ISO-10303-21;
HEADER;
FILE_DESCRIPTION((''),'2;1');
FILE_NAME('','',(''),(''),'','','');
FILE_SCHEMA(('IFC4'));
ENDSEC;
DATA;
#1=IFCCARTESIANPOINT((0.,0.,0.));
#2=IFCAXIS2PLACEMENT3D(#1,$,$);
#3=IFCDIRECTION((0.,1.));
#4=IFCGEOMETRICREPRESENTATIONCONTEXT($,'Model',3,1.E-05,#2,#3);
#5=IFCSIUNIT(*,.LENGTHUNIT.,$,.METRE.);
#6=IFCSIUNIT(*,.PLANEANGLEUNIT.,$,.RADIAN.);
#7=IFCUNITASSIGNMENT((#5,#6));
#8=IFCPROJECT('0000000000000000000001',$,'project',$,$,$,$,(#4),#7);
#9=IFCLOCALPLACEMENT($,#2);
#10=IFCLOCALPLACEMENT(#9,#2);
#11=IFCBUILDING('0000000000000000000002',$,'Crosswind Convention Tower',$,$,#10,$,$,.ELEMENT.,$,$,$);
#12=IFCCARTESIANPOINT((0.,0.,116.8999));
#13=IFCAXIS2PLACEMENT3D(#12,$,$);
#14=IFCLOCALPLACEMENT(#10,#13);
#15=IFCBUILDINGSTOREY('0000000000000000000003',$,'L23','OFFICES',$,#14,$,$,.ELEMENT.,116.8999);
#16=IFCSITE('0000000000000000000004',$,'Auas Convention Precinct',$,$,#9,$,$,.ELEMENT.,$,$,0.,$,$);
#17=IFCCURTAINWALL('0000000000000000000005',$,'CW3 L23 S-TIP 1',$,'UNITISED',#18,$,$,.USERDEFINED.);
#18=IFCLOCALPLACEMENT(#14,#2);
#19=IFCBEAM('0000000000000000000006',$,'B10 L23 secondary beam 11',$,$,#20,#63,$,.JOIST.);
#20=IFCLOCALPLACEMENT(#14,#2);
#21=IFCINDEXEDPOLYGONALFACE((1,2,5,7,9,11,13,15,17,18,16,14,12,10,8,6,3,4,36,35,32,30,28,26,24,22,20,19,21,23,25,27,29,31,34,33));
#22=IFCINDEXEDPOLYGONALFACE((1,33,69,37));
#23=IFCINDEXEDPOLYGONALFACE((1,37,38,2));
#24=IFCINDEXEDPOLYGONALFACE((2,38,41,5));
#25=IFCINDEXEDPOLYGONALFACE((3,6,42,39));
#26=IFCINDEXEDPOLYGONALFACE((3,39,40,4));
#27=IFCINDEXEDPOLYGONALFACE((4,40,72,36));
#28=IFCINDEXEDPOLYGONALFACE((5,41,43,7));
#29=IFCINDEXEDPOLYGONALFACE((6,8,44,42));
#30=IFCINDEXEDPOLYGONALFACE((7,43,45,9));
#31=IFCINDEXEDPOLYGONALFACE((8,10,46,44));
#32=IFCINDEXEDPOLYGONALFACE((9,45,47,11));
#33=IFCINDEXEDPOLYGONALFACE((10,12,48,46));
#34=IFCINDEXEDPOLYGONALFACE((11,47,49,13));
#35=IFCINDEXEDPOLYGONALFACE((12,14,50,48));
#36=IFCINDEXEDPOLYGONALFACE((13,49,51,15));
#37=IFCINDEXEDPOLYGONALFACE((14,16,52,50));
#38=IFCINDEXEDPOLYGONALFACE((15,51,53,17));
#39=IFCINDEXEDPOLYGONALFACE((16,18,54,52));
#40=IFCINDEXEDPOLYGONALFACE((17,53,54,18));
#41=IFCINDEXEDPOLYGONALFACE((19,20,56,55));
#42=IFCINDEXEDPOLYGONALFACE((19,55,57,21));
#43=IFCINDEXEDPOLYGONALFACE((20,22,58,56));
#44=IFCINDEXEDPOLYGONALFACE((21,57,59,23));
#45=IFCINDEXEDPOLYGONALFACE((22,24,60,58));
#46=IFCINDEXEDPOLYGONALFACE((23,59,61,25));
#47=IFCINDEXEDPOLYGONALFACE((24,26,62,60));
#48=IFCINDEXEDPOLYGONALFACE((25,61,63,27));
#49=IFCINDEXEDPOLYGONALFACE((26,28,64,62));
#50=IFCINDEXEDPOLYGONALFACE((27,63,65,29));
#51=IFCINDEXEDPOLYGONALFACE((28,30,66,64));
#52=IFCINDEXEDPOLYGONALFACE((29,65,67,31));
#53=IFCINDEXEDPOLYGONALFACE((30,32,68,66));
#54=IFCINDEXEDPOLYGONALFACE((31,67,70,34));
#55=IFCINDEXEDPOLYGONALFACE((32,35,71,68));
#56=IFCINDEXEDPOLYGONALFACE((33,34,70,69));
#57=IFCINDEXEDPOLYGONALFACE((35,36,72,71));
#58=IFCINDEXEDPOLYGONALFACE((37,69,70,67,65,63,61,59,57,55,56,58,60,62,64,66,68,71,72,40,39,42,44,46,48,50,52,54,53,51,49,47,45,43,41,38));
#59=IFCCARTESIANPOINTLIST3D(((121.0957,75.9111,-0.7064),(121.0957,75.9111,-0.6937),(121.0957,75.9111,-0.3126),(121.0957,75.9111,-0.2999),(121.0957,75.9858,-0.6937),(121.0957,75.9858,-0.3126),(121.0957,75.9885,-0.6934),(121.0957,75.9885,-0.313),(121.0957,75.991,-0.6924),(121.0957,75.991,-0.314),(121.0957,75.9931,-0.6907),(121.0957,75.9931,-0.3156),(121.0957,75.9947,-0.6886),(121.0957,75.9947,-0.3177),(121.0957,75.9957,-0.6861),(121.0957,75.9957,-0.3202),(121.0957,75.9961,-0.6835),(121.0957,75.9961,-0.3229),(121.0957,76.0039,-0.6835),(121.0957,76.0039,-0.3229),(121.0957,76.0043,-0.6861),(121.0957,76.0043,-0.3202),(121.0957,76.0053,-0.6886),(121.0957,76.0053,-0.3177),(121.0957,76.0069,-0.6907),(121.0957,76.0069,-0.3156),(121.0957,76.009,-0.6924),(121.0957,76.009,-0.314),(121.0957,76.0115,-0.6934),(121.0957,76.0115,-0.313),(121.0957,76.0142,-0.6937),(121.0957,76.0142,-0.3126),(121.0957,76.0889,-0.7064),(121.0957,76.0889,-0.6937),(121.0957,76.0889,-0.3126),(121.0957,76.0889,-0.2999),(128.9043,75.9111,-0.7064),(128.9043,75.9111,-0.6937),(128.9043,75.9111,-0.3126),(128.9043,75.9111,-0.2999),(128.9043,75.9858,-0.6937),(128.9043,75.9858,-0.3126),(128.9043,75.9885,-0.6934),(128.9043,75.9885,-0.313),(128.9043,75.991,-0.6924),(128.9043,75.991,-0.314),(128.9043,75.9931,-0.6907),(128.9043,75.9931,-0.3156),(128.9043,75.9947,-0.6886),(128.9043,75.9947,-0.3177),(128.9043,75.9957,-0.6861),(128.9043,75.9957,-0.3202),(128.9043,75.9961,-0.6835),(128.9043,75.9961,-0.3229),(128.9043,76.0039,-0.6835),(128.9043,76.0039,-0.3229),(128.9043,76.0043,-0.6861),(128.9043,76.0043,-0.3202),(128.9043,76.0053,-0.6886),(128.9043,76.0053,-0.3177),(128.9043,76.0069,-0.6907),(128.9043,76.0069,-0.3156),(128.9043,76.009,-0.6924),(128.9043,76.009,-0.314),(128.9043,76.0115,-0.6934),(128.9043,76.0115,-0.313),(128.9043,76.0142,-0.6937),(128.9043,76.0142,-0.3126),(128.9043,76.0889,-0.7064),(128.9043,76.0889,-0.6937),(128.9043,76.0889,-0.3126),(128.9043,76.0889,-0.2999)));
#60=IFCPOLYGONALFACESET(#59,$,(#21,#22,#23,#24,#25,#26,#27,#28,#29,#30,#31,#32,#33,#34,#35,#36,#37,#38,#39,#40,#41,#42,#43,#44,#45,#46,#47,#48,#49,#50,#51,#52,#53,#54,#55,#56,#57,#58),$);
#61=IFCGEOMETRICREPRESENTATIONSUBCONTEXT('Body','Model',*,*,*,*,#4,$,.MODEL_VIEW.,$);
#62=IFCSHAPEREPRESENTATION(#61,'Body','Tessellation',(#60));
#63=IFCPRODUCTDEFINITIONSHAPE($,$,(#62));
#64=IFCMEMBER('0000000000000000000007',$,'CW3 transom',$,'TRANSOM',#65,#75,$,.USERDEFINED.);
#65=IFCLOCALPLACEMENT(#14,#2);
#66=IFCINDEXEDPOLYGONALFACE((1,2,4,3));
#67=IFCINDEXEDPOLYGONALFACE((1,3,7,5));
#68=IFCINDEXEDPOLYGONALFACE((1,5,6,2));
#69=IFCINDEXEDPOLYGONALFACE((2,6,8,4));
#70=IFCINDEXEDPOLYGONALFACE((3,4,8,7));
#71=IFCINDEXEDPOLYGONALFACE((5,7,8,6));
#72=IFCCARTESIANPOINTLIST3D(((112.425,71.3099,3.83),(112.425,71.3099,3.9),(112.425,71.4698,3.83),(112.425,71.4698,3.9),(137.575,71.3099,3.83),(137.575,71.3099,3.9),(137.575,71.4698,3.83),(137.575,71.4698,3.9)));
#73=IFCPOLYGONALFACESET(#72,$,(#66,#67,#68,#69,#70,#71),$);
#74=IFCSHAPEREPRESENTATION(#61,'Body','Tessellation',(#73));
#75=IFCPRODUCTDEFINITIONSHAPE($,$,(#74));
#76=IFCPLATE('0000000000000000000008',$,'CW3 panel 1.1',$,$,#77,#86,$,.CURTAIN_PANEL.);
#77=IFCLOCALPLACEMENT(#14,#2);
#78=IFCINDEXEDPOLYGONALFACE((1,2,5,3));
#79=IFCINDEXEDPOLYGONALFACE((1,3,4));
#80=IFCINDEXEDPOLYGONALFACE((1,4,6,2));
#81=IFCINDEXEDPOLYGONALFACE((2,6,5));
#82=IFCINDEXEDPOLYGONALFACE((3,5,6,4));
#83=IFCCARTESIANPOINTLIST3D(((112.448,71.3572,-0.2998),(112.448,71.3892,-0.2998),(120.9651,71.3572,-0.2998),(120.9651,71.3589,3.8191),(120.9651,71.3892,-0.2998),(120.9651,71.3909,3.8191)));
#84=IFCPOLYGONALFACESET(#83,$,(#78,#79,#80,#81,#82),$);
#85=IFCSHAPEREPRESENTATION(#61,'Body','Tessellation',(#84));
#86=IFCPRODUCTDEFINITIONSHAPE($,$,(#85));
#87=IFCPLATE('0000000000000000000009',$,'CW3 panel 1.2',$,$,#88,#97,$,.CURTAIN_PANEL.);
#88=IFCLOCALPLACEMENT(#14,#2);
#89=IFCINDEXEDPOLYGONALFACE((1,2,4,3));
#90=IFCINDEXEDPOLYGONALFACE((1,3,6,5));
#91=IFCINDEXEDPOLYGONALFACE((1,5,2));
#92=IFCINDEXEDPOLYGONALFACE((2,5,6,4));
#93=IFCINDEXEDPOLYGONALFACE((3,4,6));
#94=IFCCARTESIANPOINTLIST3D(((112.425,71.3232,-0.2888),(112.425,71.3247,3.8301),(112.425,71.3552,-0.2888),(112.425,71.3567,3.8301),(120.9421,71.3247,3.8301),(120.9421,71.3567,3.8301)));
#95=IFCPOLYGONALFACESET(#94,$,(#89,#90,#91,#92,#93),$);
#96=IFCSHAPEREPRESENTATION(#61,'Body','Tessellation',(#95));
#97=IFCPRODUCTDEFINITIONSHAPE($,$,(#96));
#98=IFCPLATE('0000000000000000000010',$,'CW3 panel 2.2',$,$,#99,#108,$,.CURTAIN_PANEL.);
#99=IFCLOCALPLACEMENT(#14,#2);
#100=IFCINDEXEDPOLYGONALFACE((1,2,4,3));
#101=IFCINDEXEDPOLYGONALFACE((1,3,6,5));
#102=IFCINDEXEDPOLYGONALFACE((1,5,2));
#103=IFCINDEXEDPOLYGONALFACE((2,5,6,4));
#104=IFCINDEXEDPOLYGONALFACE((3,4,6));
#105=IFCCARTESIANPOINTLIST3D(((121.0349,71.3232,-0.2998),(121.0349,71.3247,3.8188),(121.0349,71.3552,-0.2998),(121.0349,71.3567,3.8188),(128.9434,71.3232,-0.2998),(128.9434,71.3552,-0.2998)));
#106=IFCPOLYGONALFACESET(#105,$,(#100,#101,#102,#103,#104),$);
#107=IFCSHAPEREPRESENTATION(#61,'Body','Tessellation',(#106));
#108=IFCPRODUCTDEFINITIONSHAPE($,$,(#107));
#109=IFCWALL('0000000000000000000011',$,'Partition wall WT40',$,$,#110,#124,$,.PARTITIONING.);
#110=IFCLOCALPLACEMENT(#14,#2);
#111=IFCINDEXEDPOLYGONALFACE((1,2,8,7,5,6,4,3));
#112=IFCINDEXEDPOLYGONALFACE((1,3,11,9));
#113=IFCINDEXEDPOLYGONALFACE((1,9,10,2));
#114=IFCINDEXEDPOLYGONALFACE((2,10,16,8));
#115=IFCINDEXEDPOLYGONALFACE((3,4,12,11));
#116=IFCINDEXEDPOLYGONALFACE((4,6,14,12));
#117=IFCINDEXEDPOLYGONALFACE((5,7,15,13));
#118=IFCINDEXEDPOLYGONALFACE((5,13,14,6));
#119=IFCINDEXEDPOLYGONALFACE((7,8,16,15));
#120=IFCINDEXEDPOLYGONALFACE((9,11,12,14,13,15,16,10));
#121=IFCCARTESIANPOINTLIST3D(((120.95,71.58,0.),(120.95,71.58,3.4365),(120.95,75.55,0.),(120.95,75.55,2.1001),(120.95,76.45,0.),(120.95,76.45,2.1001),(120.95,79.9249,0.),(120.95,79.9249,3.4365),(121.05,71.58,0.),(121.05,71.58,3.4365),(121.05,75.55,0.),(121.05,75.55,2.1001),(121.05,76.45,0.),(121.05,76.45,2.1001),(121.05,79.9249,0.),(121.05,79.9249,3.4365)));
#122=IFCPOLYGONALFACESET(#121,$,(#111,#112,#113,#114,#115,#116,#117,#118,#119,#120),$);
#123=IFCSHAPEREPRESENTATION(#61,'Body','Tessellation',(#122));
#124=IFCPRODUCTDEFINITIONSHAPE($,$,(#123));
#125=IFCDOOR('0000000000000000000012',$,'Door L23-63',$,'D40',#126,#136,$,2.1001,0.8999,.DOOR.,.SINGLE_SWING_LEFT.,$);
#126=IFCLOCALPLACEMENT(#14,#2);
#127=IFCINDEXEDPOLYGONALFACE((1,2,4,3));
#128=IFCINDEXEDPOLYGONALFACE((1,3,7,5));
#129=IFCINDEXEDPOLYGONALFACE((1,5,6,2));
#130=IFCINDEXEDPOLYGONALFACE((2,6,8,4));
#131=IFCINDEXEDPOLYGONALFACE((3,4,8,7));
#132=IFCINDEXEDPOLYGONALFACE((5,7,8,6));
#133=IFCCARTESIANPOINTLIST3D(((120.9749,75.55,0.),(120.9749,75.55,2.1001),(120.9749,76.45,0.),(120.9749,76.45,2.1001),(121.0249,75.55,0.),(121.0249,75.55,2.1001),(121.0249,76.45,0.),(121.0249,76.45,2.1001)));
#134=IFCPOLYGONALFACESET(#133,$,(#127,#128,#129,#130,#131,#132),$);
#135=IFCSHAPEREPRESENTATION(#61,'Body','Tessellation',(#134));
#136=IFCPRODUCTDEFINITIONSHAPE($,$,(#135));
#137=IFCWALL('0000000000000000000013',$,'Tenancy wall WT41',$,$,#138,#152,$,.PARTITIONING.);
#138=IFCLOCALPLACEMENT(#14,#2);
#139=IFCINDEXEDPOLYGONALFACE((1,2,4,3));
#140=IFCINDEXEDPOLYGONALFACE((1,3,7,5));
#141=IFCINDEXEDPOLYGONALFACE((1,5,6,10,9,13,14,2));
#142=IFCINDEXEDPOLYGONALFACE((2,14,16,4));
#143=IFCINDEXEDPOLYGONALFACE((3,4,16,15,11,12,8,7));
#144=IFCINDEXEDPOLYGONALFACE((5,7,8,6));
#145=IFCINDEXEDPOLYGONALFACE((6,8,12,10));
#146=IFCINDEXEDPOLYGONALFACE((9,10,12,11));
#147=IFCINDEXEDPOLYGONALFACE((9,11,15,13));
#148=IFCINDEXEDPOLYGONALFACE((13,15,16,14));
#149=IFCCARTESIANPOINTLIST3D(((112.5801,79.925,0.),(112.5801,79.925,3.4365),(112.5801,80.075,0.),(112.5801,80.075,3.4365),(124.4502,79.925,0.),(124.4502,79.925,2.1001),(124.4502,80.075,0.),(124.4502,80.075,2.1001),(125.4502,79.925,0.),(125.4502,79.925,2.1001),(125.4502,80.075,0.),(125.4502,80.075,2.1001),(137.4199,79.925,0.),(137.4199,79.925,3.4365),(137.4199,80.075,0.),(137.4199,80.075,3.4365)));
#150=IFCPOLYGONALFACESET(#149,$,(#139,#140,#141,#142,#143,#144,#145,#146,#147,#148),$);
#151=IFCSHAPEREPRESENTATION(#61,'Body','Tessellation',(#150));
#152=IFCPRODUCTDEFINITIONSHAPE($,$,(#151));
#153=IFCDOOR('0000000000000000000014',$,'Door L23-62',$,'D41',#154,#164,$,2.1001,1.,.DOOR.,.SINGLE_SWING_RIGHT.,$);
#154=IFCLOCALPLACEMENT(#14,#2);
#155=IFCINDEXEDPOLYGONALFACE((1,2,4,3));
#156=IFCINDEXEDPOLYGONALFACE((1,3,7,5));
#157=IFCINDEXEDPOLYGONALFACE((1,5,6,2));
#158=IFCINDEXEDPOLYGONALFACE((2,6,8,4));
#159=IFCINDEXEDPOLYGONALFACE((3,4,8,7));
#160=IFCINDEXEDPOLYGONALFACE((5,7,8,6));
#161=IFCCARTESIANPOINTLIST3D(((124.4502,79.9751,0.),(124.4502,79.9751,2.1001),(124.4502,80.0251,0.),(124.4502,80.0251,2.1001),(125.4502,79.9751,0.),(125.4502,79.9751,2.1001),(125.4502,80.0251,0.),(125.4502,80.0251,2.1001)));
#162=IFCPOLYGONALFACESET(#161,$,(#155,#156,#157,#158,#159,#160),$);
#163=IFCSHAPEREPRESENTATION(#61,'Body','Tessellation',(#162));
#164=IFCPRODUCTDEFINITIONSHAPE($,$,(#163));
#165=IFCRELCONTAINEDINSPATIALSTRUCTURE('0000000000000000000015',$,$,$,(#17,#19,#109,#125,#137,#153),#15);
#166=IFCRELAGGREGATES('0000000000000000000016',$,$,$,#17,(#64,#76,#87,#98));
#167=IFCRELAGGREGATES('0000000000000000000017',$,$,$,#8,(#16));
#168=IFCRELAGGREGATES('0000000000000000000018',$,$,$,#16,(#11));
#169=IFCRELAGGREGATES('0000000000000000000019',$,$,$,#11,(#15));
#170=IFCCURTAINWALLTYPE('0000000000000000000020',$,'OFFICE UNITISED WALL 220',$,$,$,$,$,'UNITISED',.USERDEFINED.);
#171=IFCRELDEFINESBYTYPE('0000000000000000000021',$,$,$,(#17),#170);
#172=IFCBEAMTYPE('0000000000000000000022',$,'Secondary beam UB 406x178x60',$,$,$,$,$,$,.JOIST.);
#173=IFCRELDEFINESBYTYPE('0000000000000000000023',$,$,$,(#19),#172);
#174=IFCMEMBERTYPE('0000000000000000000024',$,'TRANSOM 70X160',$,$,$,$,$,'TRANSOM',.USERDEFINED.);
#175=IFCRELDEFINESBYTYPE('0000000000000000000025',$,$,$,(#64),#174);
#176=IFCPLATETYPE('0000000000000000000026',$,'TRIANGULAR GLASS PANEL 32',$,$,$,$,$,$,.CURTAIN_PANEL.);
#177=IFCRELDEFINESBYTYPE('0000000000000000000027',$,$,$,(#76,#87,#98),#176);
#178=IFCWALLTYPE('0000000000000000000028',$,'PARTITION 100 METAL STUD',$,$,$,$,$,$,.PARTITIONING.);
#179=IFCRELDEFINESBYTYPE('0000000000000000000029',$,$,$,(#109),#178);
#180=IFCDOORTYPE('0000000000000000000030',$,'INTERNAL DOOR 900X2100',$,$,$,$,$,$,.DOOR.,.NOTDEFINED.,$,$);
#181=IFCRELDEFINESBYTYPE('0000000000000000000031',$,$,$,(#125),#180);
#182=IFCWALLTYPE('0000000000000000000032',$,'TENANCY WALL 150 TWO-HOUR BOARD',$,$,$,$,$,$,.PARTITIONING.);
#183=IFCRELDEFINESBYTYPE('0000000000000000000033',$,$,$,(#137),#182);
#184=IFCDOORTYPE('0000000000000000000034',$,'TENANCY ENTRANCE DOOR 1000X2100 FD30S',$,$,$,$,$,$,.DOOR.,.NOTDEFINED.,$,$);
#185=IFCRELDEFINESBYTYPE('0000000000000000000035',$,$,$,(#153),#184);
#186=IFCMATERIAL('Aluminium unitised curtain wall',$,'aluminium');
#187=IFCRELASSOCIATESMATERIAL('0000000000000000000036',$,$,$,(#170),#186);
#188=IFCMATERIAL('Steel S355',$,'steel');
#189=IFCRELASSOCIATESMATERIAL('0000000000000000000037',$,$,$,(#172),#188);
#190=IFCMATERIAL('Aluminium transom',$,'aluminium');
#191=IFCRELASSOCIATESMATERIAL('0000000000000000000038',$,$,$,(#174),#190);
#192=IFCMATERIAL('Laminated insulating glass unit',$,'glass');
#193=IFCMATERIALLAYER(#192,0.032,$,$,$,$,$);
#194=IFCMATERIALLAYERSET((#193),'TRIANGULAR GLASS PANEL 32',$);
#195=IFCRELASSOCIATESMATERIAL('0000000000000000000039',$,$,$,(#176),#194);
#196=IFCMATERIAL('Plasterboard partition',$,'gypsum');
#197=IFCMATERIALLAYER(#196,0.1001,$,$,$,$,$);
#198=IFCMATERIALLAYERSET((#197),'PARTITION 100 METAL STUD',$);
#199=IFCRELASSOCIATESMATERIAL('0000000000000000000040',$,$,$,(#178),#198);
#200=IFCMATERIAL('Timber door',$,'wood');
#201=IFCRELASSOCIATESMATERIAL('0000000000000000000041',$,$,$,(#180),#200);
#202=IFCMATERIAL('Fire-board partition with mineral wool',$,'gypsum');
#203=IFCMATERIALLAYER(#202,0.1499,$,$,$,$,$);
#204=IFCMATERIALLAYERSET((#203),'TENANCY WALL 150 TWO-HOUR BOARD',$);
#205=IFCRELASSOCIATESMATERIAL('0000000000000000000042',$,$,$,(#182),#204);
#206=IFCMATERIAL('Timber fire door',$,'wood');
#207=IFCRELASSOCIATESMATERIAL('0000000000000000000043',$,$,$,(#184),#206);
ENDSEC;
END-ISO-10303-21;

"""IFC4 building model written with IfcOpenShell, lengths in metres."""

from ifc_helpers import new_model, si_unit, direction, frame, frame_2d, origin, origin_2d, place, context, subcontext, project, spatial, polyline, rectangle, i_section, outline, extrude, material, layer, layer_set, material_profile, profile_set, type_object, element, fill, aggregate, save


model = new_model("IFC4")

# Units and contexts
model_context = context("Model", 3, precision=1e-05, world=origin(), true_north=direction((0.0, 1.0)))
body_context = subcontext(model_context, "Body", "Model", "MODEL_VIEW")
ifc_project = project(units=[si_unit("LENGTHUNIT", "METRE"), si_unit("PLANEANGLEUNIT", "RADIAN")], contexts=[model_context])

# Site, building, storey
site_placement = place(None, origin())
site = spatial("IfcSite", under=ifc_project, at=site_placement, Name="Auas Convention Precinct", CompositionType="ELEMENT", RefElevation=0.0)
building_placement = place(site_placement, origin())
building = spatial("IfcBuilding", under=site, at=building_placement, Name="Crosswind Convention Tower", CompositionType="ELEMENT")
storey_placement = place(building_placement, frame((0.0, 0.0, 116.8999)))
storey = spatial("IfcBuildingStorey", under=building, at=storey_placement, Name="L23", Description="OFFICES", CompositionType="ELEMENT", Elevation=116.8999)

# Shared definitions
ifc_material_1 = material(Name="Steel S355", Category="steel")

# Curtain wall
ifc_material_2 = material(Name="Aluminium unitised curtain wall", Category="aluminium")
curtain_wall_type_1 = type_object("IfcCurtainWallType", Name="OFFICE UNITISED WALL 220", ElementType="UNITISED", PredefinedType="USERDEFINED", material=ifc_material_2)
curtain_wall_1_placement = place(storey_placement, origin())
curtain_wall_1 = element("IfcCurtainWall", 1, at=curtain_wall_1_placement, inside=storey, type_object=curtain_wall_type_1, Name="CW3 L23 S-TIP 1", ObjectType="UNITISED", PredefinedType="USERDEFINED")

# Beam
ifc_material_profile_1 = material_profile(ifc_material_1, i_section(OverallWidth=0.1777, OverallDepth=0.4065, WebThickness=0.0078, FlangeThickness=0.0127, FilletRadius=0.0103, at=origin_2d()), Name="UB 406x178x60")
ifc_profile_set_1 = profile_set([ifc_material_profile_1], Name="Steel S355")
beam_type_1 = type_object("IfcBeamType", Name="Secondary beam UB 406x178x60", PredefinedType="JOIST", material=ifc_profile_set_1)
beam_1_placement = place(storey_placement, frame((121.0957, 76.0, -0.5032), z_axis=(1.0, 0.0, 0.0), x_axis=(0.0, 1.0, 0.0)))
element("IfcBeam", 2, at=beam_1_placement, inside=storey, type_object=beam_type_1, Name="B10 L23 secondary beam 11", PredefinedType="JOIST", context=body_context, shape_type="SweptSolid", body=[
    extrude(i_section(OverallWidth=0.1777, OverallDepth=0.4065, WebThickness=0.0078, FlangeThickness=0.0127, FilletRadius=0.0103, at=origin_2d()), origin(), (0.0, 0.0, 1.0), 7.8086),
])

# Member
ifc_material_3 = material(Name="Aluminium transom", Category="aluminium")
ifc_material_profile_2 = material_profile(ifc_material_3, rectangle(XDim=0.1599, YDim=0.0701, at=origin_2d()), Name="AL 160X70")
ifc_profile_set_2 = profile_set([ifc_material_profile_2], Name="Aluminium transom")
member_type_1 = type_object("IfcMemberType", Name="TRANSOM 70X160", ElementType="TRANSOM", PredefinedType="USERDEFINED", material=ifc_profile_set_2)
member_1_placement = place(storey_placement, frame((112.425, 71.3899, 3.865), z_axis=(1.0, 0.0, 0.0), x_axis=(0.0, 1.0, 0.0)))
member_1 = element("IfcMember", 3, at=member_1_placement, type_object=member_type_1, Name="CW3 transom", ObjectType="TRANSOM", PredefinedType="USERDEFINED", context=body_context, shape_type="SweptSolid", body=[
    extrude(rectangle(XDim=0.1599, YDim=0.0701, at=origin_2d()), origin(), (0.0, 0.0, 1.0), 25.1499),
])

# Plates
ifc_material_4 = material(Name="Laminated insulating glass unit", Category="glass")
ifc_layer_1 = layer(ifc_material_4, 0.032)
ifc_layer_set_1 = layer_set([ifc_layer_1], Name="TRIANGULAR GLASS PANEL 32")
plate_type = type_object("IfcPlateType", Name="TRIANGULAR GLASS PANEL 32", PredefinedType="CURTAIN_PANEL", material=ifc_layer_set_1)
plate_1_placement = place(storey_placement, frame((120.9651, 71.3572, -0.2998), z_axis=(0.0, -1.0, 0.000415), x_axis=(0.0, 0.000415, 1.0)))
plate_1 = element("IfcPlate", 4, at=plate_1_placement, type_object=plate_type, Name="CW3 panel 1.1", PredefinedType="CURTAIN_PANEL", context=body_context, shape_type="SweptSolid", body=[
    extrude(outline(polyline([(0.0, 0.0), (4.1189, 0.0), (0.0, 8.5171), (0.0, 0.0)])), origin(), (0.0, 0.0, -1.0), 0.032),
])
plate_2_placement = place(storey_placement, frame((112.425, 71.3247, 3.8301), z_axis=(0.0, -1.0, 0.000356), x_axis=(0.0, -0.000356, -1.0)))
plate_2 = element("IfcPlate", 5, at=plate_2_placement, type_object=plate_type, Name="CW3 panel 1.2", PredefinedType="CURTAIN_PANEL", context=body_context, shape_type="SweptSolid", body=[
    extrude(outline(polyline([(0.0, 0.0), (4.1189, 0.0), (0.0, 8.5171), (0.0, 0.0)])), origin(), (0.0, 0.0, -1.0), 0.032),
])
plate_3_placement = place(storey_placement, frame((121.0349, 71.3232, -0.2998), z_axis=(0.0, -1.0, 0.000356), x_axis=(1.0, 0.0, 0.0)))
plate_3 = element("IfcPlate", 6, at=plate_3_placement, type_object=plate_type, Name="CW3 panel 2.2", PredefinedType="CURTAIN_PANEL", context=body_context, shape_type="SweptSolid", body=[
    extrude(outline(polyline([(0.0, 0.0), (7.9084, 0.0), (0.0, 4.1187), (0.0, 0.0)])), origin(), (0.0, 0.0, -1.0), 0.032),
])

# Walls, openings, doors
ifc_material_5 = material(Name="Plasterboard partition", Category="gypsum")
ifc_layer_2 = layer(ifc_material_5, 0.1001)
ifc_layer_set_2 = layer_set([ifc_layer_2], Name="PARTITION 100 METAL STUD")
wall_type_1 = type_object("IfcWallType", Name="PARTITION 100 METAL STUD", PredefinedType="PARTITIONING", material=ifc_layer_set_2)
wall_1_placement = place(storey_placement, frame((121.0, 71.5801, 0.0), z_axis=(0.0, 0.0, 1.0), x_axis=(0.0, 1.0, 0.0)))
wall_1 = element("IfcWall", 7, at=wall_1_placement, inside=storey, type_object=wall_type_1, Name="Partition wall WT40", PredefinedType="PARTITIONING", context=body_context, shape_type="SweptSolid", body=[
    extrude(rectangle(XDim=8.345, YDim=0.1001, at=frame_2d((4.1724, 0.0))), origin(), (0.0, 0.0, 1.0), 3.4365),
])
opening_1_placement = place(wall_1_placement, frame((3.97, 0.0, 0.0)))
opening_1 = element("IfcOpeningElement", 8, at=opening_1_placement, cuts=wall_1, PredefinedType="OPENING", context=body_context, shape_type="SweptSolid", body=[
    extrude(rectangle(XDim=0.8999, YDim=2.1001, at=frame_2d((0.45, 1.05))), frame((0.0, 0.0601, 0.0), z_axis=(0.0, -1.0, 0.0), x_axis=(1.0, 0.0, 0.0)), (0.0, 0.0, 1.0), 0.1201),
])
ifc_material_6 = material(Name="Timber door", Category="wood")
door_type_1 = type_object("IfcDoorType", Name="INTERNAL DOOR 900X2100", OperationType="NOTDEFINED", PredefinedType="DOOR", material=ifc_material_6)
door_1_placement = place(opening_1_placement, frame((0.8999, 0.0, 0.0), z_axis=(0.0, 0.0, 1.0), x_axis=(-1.0, 0.0, 0.0)))
door_1 = element("IfcDoor", 9, at=door_1_placement, inside=storey, type_object=door_type_1, Name="Door L23-63", ObjectType="D40", OperationType="SINGLE_SWING_LEFT", OverallHeight=2.1001, OverallWidth=0.8999, PredefinedType="DOOR", context=body_context, shape_type="SweptSolid", body=[
    extrude(rectangle(XDim=0.8999, YDim=2.1001, at=frame_2d((0.45, 1.05))), frame((0.0, 0.0249, 0.0), z_axis=(0.0, -1.0, 0.0), x_axis=(1.0, 0.0, 0.0)), (0.0, 0.0, 1.0), 0.05),
])
fill(opening_1, door_1)
ifc_material_7 = material(Name="Fire-board partition with mineral wool", Category="gypsum")
ifc_layer_3 = layer(ifc_material_7, 0.1499)
ifc_layer_set_3 = layer_set([ifc_layer_3], Name="TENANCY WALL 150 TWO-HOUR BOARD")
wall_type_2 = type_object("IfcWallType", Name="TENANCY WALL 150 TWO-HOUR BOARD", PredefinedType="PARTITIONING", material=ifc_layer_set_3)
wall_2_placement = place(storey_placement, frame((112.5801, 80.0, 0.0), z_axis=(0.0, 0.0, 1.0), x_axis=(1.0, 0.0, 0.0)))
wall_2 = element("IfcWall", 10, at=wall_2_placement, inside=storey, type_object=wall_type_2, Name="Tenancy wall WT41", PredefinedType="PARTITIONING", context=body_context, shape_type="SweptSolid", body=[
    extrude(rectangle(XDim=24.8398, YDim=0.1499, at=frame_2d((12.4199, 0.0))), origin(), (0.0, 0.0, 1.0), 3.4365),
])
opening_2_placement = place(wall_2_placement, frame((11.8701, 0.0, 0.0)))
opening_2 = element("IfcOpeningElement", 11, at=opening_2_placement, cuts=wall_2, PredefinedType="OPENING", context=body_context, shape_type="SweptSolid", body=[
    extrude(rectangle(XDim=1.0, YDim=2.1001, at=frame_2d((0.5, 1.05))), frame((0.0, 0.085, 0.0), z_axis=(0.0, -1.0, 0.0), x_axis=(1.0, 0.0, 0.0)), (0.0, 0.0, 1.0), 0.1699),
])
ifc_material_8 = material(Name="Timber fire door", Category="wood")
door_type_2 = type_object("IfcDoorType", Name="TENANCY ENTRANCE DOOR 1000X2100 FD30S", OperationType="NOTDEFINED", PredefinedType="DOOR", material=ifc_material_8)
door_2_placement = place(opening_2_placement, frame((1.0, 0.0, 0.0), z_axis=(0.0, 0.0, 1.0), x_axis=(-1.0, 0.0, 0.0)))
door_2 = element("IfcDoor", 12, at=door_2_placement, inside=storey, type_object=door_type_2, Name="Door L23-62", ObjectType="D41", OperationType="SINGLE_SWING_RIGHT", OverallHeight=2.1001, OverallWidth=1.0, PredefinedType="DOOR", context=body_context, shape_type="SweptSolid", body=[
    extrude(rectangle(XDim=1.0, YDim=2.1001, at=frame_2d((0.5, 1.05))), frame((0.0, 0.0249, 0.0), z_axis=(0.0, -1.0, 0.0), x_axis=(1.0, 0.0, 0.0)), (0.0, 0.0, 1.0), 0.05),
])
fill(opening_2, door_2)

aggregate(curtain_wall_1, [member_1, plate_1, plate_2, plate_3])

save(model, "model.ifc")
